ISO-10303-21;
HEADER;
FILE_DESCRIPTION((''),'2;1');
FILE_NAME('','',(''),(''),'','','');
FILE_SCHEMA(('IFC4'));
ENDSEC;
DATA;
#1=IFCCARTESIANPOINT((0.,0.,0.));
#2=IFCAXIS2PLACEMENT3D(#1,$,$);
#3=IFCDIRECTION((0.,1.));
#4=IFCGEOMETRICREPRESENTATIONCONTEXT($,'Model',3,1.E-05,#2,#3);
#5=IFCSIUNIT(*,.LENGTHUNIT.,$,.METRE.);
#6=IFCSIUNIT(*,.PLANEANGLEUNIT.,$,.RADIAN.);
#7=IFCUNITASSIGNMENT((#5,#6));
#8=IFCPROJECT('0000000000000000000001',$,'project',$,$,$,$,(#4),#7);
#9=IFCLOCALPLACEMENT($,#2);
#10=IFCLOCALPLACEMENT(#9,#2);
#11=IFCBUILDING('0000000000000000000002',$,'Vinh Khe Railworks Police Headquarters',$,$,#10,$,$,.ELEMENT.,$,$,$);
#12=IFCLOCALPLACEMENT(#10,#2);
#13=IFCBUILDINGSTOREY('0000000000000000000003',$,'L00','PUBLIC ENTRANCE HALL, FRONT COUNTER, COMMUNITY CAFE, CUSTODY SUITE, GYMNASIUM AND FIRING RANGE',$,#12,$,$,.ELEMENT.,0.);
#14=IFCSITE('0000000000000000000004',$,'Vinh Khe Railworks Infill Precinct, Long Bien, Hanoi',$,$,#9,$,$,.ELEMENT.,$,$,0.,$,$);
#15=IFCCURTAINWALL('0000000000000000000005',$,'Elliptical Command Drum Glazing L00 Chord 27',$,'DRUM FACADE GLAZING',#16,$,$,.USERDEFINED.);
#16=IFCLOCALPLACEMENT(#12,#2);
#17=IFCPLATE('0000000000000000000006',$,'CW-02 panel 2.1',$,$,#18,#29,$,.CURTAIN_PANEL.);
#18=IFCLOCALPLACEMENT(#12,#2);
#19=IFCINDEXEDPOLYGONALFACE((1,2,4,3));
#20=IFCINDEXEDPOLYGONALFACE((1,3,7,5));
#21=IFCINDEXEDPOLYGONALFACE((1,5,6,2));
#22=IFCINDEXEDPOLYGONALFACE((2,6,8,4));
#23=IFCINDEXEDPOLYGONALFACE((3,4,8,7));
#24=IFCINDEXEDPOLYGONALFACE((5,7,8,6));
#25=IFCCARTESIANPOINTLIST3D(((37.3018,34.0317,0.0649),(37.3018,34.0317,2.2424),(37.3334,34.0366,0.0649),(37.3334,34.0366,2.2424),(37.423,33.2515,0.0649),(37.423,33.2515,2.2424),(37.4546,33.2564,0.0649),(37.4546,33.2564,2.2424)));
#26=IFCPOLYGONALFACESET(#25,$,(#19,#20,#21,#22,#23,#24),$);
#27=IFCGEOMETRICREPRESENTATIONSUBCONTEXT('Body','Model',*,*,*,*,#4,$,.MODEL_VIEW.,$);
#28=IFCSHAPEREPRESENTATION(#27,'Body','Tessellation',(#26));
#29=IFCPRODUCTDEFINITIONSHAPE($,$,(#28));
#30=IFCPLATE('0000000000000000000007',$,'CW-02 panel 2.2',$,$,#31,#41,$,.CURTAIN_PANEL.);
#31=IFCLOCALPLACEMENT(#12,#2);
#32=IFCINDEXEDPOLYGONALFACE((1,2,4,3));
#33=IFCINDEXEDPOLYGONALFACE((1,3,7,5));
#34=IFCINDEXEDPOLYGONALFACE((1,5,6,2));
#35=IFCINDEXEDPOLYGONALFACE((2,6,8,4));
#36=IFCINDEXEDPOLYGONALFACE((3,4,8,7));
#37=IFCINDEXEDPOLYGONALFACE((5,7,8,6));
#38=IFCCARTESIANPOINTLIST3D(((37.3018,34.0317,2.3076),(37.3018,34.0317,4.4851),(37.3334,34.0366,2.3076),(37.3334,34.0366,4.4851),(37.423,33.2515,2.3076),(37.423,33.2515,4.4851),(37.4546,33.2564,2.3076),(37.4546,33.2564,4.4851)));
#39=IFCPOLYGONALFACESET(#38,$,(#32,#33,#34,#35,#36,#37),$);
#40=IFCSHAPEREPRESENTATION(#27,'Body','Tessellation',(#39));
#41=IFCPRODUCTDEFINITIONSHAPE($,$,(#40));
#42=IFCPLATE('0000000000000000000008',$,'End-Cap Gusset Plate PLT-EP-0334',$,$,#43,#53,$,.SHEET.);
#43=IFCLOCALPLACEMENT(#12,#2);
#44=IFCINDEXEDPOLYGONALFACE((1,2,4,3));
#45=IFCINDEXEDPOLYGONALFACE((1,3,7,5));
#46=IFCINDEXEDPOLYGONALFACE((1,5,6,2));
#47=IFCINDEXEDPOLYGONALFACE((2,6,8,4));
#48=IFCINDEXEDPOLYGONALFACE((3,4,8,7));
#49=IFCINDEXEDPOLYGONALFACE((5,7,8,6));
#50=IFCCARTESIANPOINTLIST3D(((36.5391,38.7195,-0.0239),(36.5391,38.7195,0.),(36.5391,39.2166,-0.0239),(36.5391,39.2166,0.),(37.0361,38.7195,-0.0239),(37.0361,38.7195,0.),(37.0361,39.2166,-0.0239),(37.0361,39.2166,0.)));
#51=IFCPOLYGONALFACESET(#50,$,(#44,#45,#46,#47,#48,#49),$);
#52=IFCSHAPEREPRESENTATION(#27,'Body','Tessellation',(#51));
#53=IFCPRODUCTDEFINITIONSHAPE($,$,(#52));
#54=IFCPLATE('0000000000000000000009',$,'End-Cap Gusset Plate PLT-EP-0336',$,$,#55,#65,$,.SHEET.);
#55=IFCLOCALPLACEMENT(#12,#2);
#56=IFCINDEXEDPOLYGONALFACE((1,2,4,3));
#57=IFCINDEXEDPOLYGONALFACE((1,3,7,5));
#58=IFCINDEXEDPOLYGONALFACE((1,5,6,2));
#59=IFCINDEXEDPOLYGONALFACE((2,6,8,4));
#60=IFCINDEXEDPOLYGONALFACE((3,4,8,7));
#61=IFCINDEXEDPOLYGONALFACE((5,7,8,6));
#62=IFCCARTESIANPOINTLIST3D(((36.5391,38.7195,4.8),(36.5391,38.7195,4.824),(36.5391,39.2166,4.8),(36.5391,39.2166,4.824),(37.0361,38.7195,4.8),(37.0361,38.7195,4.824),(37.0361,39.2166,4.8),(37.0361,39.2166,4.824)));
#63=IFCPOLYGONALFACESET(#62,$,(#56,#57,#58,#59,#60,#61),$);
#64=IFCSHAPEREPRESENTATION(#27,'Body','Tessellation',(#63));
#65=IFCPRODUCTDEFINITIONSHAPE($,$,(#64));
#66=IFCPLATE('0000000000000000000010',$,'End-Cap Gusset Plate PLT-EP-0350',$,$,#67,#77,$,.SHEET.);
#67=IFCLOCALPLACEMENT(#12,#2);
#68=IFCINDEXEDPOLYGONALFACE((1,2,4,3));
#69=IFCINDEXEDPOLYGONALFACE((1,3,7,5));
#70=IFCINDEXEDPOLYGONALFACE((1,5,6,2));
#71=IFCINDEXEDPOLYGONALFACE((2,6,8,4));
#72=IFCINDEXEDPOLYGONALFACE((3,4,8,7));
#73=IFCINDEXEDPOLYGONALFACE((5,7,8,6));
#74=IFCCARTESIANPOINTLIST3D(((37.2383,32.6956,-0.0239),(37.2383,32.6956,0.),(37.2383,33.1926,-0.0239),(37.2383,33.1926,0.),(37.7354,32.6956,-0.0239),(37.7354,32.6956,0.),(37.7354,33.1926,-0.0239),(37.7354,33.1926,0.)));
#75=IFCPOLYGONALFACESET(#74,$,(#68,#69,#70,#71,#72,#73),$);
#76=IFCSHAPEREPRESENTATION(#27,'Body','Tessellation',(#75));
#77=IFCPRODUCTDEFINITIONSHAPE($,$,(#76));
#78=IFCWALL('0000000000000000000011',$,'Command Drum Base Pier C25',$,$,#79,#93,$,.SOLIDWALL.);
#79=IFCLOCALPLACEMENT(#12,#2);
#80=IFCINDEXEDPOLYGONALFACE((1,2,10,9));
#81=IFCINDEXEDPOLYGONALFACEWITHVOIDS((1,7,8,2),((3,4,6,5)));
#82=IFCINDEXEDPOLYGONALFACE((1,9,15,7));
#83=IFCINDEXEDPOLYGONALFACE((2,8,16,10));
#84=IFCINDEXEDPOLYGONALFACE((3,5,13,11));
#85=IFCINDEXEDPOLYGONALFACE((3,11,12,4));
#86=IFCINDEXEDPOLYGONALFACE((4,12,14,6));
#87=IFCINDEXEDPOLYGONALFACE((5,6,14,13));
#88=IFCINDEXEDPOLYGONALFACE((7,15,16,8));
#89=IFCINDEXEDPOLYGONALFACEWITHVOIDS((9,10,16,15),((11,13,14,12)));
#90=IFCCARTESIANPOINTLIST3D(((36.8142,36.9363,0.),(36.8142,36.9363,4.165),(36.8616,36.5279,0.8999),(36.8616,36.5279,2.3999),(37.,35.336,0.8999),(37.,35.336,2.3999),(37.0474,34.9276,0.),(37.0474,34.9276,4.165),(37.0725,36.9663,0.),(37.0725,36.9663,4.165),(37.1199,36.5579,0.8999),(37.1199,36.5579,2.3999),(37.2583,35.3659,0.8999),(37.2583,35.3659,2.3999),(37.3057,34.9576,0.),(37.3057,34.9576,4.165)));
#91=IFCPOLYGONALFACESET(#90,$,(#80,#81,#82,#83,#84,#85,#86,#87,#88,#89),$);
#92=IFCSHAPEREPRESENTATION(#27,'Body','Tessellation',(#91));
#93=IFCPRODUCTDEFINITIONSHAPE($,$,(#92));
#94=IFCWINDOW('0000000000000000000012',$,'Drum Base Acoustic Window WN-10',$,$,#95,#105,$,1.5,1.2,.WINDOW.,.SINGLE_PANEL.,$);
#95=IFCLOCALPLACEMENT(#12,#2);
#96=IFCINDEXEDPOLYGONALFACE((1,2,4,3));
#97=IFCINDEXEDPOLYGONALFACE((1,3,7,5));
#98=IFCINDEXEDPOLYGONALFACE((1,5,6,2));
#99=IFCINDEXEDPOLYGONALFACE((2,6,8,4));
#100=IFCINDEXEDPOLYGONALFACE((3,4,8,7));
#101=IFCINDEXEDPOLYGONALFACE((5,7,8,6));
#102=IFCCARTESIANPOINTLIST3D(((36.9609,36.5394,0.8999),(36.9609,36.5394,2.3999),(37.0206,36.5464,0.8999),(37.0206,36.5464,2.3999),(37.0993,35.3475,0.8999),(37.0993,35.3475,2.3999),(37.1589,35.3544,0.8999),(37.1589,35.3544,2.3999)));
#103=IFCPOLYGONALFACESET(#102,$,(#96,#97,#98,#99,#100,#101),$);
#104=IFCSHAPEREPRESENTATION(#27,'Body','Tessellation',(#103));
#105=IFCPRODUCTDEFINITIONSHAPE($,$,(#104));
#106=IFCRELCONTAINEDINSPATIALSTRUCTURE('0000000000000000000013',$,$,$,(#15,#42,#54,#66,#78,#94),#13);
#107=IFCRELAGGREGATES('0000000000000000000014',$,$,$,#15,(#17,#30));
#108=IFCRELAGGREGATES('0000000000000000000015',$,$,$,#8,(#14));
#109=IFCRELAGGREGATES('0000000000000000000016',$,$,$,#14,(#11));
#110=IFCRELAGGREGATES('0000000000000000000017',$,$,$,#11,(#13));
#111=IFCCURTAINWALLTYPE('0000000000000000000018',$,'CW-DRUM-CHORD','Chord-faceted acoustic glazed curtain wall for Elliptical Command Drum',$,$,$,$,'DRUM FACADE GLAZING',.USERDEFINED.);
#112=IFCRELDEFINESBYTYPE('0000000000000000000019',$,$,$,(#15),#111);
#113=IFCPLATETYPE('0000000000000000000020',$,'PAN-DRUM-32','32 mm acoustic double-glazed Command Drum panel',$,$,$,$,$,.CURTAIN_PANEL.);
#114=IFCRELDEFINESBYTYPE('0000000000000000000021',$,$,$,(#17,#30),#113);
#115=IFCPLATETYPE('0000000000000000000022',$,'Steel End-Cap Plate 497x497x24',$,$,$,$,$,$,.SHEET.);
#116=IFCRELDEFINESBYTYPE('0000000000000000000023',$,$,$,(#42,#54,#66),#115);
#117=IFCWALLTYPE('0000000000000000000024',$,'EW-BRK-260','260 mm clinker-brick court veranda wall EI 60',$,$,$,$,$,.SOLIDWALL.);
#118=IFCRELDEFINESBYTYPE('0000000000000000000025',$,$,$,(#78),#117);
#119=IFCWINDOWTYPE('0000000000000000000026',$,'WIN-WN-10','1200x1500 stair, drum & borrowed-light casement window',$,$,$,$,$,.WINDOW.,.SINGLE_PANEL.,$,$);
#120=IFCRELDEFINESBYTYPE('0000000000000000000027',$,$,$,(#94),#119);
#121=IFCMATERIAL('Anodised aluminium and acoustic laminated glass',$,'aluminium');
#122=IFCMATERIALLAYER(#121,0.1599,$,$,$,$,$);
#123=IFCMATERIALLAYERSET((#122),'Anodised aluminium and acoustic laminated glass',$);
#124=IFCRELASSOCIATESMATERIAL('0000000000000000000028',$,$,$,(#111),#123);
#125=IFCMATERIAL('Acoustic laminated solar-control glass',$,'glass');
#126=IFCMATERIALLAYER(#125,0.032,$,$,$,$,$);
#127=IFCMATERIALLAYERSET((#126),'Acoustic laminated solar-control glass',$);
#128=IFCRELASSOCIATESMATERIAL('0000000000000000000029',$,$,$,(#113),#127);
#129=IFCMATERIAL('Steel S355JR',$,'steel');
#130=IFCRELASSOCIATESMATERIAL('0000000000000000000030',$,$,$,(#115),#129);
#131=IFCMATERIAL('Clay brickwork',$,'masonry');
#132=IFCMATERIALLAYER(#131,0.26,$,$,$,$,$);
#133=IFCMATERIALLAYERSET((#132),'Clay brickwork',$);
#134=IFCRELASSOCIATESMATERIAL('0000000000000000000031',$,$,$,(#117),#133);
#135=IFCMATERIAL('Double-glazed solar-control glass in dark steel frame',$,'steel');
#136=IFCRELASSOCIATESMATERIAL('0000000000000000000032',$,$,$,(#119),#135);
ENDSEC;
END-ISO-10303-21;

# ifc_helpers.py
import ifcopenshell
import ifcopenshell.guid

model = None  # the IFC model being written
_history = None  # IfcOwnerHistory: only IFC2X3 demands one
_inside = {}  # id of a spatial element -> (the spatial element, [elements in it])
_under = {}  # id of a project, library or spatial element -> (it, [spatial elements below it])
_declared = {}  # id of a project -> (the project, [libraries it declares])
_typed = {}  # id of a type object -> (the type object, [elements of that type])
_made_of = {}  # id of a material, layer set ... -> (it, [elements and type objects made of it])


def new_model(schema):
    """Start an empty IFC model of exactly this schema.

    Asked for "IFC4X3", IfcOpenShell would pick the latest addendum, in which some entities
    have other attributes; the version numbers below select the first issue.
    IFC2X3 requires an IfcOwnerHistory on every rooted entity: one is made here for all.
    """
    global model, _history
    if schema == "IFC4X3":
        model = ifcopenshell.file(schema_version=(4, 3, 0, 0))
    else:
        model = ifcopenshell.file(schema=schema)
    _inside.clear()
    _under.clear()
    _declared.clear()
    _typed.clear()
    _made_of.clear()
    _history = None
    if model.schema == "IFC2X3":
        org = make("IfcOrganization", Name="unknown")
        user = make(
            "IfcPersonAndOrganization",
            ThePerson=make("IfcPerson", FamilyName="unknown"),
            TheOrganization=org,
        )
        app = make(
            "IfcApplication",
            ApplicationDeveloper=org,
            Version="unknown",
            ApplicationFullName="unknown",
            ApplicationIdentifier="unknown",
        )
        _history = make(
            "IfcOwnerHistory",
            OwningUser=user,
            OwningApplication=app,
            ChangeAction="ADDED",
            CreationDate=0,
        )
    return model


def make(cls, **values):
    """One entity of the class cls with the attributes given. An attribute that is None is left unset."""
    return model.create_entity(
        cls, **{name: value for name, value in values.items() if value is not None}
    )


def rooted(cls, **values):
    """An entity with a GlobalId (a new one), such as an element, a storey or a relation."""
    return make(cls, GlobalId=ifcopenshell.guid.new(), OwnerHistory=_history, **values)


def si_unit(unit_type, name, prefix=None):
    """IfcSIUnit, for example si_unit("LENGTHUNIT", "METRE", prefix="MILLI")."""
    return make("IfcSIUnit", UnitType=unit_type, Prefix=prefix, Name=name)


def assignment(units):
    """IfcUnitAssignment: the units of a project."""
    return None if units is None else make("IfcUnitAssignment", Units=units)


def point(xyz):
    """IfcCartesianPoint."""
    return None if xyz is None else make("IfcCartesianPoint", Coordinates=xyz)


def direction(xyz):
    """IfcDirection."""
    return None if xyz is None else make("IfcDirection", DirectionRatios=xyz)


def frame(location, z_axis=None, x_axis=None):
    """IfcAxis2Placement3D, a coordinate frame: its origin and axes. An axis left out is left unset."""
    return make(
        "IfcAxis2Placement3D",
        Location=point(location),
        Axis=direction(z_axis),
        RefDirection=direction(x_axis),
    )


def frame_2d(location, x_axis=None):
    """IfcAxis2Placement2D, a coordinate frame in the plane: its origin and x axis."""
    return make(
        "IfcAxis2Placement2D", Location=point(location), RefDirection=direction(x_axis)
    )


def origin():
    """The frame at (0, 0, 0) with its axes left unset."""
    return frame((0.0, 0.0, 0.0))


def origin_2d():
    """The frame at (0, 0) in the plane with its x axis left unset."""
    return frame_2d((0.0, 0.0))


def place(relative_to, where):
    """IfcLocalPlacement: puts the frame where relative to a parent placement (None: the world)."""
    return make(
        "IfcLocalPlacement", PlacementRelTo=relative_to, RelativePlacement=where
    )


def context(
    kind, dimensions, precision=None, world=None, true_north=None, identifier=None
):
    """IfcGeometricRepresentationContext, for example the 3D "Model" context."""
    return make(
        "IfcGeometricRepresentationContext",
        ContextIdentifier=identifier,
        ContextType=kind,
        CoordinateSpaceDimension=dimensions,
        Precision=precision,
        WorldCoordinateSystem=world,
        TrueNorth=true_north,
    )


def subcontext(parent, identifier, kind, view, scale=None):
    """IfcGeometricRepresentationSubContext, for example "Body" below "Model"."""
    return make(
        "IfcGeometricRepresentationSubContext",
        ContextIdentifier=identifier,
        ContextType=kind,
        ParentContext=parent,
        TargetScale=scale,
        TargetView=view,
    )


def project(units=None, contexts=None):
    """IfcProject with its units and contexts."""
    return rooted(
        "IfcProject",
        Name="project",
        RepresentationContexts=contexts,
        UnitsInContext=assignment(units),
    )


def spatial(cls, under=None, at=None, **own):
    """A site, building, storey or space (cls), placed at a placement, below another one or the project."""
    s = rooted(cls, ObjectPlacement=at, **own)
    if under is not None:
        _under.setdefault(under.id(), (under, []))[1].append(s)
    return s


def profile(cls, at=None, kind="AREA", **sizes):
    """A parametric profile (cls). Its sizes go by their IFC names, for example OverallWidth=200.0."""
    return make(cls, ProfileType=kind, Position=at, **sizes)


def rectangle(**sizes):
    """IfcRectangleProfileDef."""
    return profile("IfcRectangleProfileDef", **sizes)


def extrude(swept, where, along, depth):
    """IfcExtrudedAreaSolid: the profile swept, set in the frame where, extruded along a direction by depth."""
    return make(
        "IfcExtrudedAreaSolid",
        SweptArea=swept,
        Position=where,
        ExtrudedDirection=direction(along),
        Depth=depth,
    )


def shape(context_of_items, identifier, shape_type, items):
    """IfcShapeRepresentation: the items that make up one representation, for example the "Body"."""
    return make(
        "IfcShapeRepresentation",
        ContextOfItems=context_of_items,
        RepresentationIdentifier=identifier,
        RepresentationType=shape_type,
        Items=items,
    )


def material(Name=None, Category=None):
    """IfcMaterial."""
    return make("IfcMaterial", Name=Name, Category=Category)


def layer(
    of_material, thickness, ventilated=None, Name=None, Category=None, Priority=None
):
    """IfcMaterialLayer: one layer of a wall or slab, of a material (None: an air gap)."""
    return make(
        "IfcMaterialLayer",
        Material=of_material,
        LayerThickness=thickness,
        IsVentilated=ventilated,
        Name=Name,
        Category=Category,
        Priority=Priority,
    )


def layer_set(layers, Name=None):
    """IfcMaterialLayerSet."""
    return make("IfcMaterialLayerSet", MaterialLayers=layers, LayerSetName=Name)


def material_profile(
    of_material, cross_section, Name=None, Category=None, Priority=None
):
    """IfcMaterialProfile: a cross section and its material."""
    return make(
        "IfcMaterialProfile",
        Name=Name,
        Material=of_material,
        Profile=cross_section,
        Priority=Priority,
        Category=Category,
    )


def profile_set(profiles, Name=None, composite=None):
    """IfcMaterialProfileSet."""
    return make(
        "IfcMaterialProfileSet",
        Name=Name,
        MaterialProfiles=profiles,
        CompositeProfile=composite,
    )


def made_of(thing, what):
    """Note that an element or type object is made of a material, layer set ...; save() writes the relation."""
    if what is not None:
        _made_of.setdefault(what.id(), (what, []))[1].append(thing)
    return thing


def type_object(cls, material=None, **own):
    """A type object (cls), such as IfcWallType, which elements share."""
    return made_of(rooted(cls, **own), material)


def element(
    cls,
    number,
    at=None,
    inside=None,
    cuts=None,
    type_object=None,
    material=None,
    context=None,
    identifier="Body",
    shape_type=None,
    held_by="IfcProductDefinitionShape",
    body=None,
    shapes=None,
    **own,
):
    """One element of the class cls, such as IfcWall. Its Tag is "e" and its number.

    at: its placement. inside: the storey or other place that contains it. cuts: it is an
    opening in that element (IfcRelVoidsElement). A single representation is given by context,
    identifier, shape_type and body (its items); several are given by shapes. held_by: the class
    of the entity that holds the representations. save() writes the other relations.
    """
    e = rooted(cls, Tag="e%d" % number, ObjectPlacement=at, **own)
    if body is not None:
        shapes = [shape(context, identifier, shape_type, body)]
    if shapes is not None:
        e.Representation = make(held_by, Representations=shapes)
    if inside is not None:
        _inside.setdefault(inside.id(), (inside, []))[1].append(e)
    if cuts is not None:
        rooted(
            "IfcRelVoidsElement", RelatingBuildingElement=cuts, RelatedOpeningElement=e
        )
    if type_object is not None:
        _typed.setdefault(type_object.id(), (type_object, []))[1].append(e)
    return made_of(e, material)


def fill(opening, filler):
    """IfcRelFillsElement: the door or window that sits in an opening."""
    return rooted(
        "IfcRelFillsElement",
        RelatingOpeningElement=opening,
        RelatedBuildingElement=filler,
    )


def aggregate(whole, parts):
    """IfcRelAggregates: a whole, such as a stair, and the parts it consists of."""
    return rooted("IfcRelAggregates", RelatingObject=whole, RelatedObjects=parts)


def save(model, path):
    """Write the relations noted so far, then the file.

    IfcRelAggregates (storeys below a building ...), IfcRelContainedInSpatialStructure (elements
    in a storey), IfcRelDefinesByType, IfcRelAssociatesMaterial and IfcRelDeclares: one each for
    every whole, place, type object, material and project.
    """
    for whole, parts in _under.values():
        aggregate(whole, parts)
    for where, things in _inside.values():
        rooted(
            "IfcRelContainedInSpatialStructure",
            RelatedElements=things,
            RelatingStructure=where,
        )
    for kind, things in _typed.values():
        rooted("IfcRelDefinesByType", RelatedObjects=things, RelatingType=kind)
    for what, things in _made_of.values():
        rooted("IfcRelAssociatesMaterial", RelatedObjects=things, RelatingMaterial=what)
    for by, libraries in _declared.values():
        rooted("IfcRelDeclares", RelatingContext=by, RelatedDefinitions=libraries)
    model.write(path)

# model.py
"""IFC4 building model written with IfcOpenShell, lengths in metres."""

from ifc_helpers import new_model, si_unit, direction, frame, frame_2d, origin, origin_2d, place, context, subcontext, project, spatial, rectangle, extrude, material, layer, layer_set, material_profile, profile_set, type_object, element, fill, aggregate, save


model = new_model("IFC4")

# Units and contexts
model_context = context("Model", 3, precision=1e-05, world=origin(), true_north=direction((0.0, 1.0)))
body_context = subcontext(model_context, "Body", "Model", "MODEL_VIEW")
ifc_project = project(units=[si_unit("LENGTHUNIT", "METRE"), si_unit("PLANEANGLEUNIT", "RADIAN")], contexts=[model_context])

# Site, building, storey
site_placement = place(None, origin())
site = spatial("IfcSite", under=ifc_project, at=site_placement, Name="Vinh Khe Railworks Infill Precinct, Long Bien, Hanoi", CompositionType="ELEMENT", RefElevation=0.0)
building_placement = place(site_placement, origin())
building = spatial("IfcBuilding", under=site, at=building_placement, Name="Vinh Khe Railworks Police Headquarters", CompositionType="ELEMENT")
storey_placement = place(building_placement, origin())
storey = spatial("IfcBuildingStorey", under=building, at=storey_placement, Name="L00", Description="PUBLIC ENTRANCE HALL, FRONT COUNTER, COMMUNITY CAFE, CUSTODY SUITE, GYMNASIUM AND FIRING RANGE", CompositionType="ELEMENT", Elevation=0.0)

# Shared definitions
ifc_material_1 = material(Name="Steel S355JR", Category="steel")

# Curtain wall
ifc_material_2 = material(Name="Anodised aluminium and acoustic laminated glass", Category="aluminium")
ifc_layer_1 = layer(ifc_material_2, 0.1599)
ifc_layer_set_1 = layer_set([ifc_layer_1], Name="Anodised aluminium and acoustic laminated glass")
curtain_wall_type = type_object("IfcCurtainWallType", Name="CW-DRUM-CHORD", Description="Chord-faceted acoustic glazed curtain wall for Elliptical Command Drum", ElementType="DRUM FACADE GLAZING", PredefinedType="USERDEFINED", material=ifc_layer_set_1)
curtain_wall_1_placement = place(storey_placement, origin())
curtain_wall_1 = element("IfcCurtainWall", 1, at=curtain_wall_1_placement, inside=storey, type_object=curtain_wall_type, Name="Elliptical Command Drum Glazing L00 Chord 27", ObjectType="DRUM FACADE GLAZING", PredefinedType="USERDEFINED")

# Plates
ifc_material_3 = material(Name="Acoustic laminated solar-control glass", Category="glass")
ifc_layer_2 = layer(ifc_material_3, 0.032)
ifc_layer_set_2 = layer_set([ifc_layer_2], Name="Acoustic laminated solar-control glass")
plate_type_1 = type_object("IfcPlateType", Name="PAN-DRUM-32", Description="32 mm acoustic double-glazed Command Drum panel", PredefinedType="CURTAIN_PANEL", material=ifc_layer_set_2)
plate_1_placement = place(storey_placement, frame((37.3782, 33.644, 0.0649), z_axis=(0.0, 0.0, 1.0), x_axis=(0.153491, -0.98815, 0.0)))
plate_1 = element("IfcPlate", 2, at=plate_1_placement, type_object=plate_type_1, Name="CW-02 panel 2.1", PredefinedType="CURTAIN_PANEL", context=body_context, shape_type="SweptSolid", body=[
    extrude(rectangle(XDim=0.7896, YDim=0.032, at=origin_2d()), origin(), (0.0, 0.0, 1.0), 2.1775),
])
plate_2_placement = place(storey_placement, frame((37.3782, 33.644, 2.3076), z_axis=(0.0, 0.0, 1.0), x_axis=(0.153491, -0.98815, 0.0)))
plate_2 = element("IfcPlate", 3, at=plate_2_placement, type_object=plate_type_1, Name="CW-02 panel 2.2", PredefinedType="CURTAIN_PANEL", context=body_context, shape_type="SweptSolid", body=[
    extrude(rectangle(XDim=0.7896, YDim=0.032, at=origin_2d()), origin(), (0.0, 0.0, 1.0), 2.1775),
])
aggregate(curtain_wall_1, [plate_1, plate_2])

# Plates
ifc_material_profile_1 = material_profile(ifc_material_1, rectangle(XDim=0.4971, YDim=0.4971, at=origin_2d()), Name="PL 497x497")
ifc_profile_set_1 = profile_set([ifc_material_profile_1], Name="Steel S355JR")
plate_type_2 = type_object("IfcPlateType", Name="Steel End-Cap Plate 497x497x24", PredefinedType="SHEET", material=ifc_profile_set_1)
for number, where, z_axis, x_axis, name in (
    (4, (36.7876, 38.968, 0.0), (0.0, 0.0, -1.0), (1.0, 0.0, 0.0), "End-Cap Gusset Plate PLT-EP-0334"),
    (5, (36.7876, 38.968, 4.8), (0.0, 0.0, 1.0), (1.0, 0.0, 0.0), "End-Cap Gusset Plate PLT-EP-0336"),
    (6, (37.4868, 32.9441, 0.0), (0.0, 0.0, -1.0), (1.0, 0.0, 0.0), "End-Cap Gusset Plate PLT-EP-0350"),
):
    element("IfcPlate", number, at=place(storey_placement, frame(where, z_axis=z_axis, x_axis=x_axis)), inside=storey, type_object=plate_type_2, Name=name, PredefinedType="SHEET", context=body_context, shape_type="SweptSolid", body=[
        extrude(rectangle(XDim=0.4971, YDim=0.4971, at=origin_2d()), origin(), (0.0, 0.0, 1.0), 0.0239),
    ])

# Wall, opening, window
ifc_material_4 = material(Name="Clay brickwork", Category="masonry")
ifc_layer_3 = layer(ifc_material_4, 0.26)
ifc_layer_set_3 = layer_set([ifc_layer_3], Name="Clay brickwork")
wall_type = type_object("IfcWallType", Name="EW-BRK-260", Description="260 mm clinker-brick court veranda wall EI 60", PredefinedType="SOLIDWALL", material=ifc_layer_set_3)
wall_placement = place(storey_placement, frame((36.9434, 36.9514, 0.0), z_axis=(0.0, 0.0, 1.0), x_axis=(0.115293, -0.993332, 0.0)))
wall = element("IfcWall", 7, at=wall_placement, inside=storey, type_object=wall_type, Name="Command Drum Base Pier C25", PredefinedType="SOLIDWALL", context=body_context, shape_type="SweptSolid", body=[
    extrude(rectangle(XDim=2.0222, YDim=0.26, at=frame_2d((1.0112, 0.0))), origin(), (0.0, 0.0, 1.0), 4.165),
])
opening_placement = place(wall_placement, frame((0.4111, 0.0, 0.8999)))
opening = element("IfcOpeningElement", 8, at=opening_placement, cuts=wall, PredefinedType="OPENING", context=body_context, shape_type="SweptSolid", body=[
    extrude(rectangle(XDim=1.2, YDim=1.5, at=frame_2d((0.6001, 0.75))), frame((0.0, 0.145, 0.0), z_axis=(0.0, -1.0, 0.0), x_axis=(1.0, 0.0, 0.0)), (0.0, 0.0, 1.0), 0.2898),
])
ifc_material_5 = material(Name="Double-glazed solar-control glass in dark steel frame", Category="steel")
window_type = type_object("IfcWindowType", Name="WIN-WN-10", Description="1200x1500 stair, drum & borrowed-light casement window", PartitioningType="SINGLE_PANEL", PredefinedType="WINDOW", material=ifc_material_5)
window_placement = place(opening_placement, origin())
window = element("IfcWindow", 9, at=window_placement, inside=storey, type_object=window_type, Name="Drum Base Acoustic Window WN-10", OverallHeight=1.5, OverallWidth=1.2, PartitioningType="SINGLE_PANEL", PredefinedType="WINDOW", context=body_context, shape_type="SweptSolid", body=[
    extrude(rectangle(XDim=1.2, YDim=1.5, at=frame_2d((0.6001, 0.75))), frame((0.0, 0.03, 0.0), z_axis=(0.0, -1.0, 0.0), x_axis=(1.0, 0.0, 0.0)), (0.0, 0.0, 1.0), 0.0601),
])
fill(opening, window)

save(model, "model.ifc")
